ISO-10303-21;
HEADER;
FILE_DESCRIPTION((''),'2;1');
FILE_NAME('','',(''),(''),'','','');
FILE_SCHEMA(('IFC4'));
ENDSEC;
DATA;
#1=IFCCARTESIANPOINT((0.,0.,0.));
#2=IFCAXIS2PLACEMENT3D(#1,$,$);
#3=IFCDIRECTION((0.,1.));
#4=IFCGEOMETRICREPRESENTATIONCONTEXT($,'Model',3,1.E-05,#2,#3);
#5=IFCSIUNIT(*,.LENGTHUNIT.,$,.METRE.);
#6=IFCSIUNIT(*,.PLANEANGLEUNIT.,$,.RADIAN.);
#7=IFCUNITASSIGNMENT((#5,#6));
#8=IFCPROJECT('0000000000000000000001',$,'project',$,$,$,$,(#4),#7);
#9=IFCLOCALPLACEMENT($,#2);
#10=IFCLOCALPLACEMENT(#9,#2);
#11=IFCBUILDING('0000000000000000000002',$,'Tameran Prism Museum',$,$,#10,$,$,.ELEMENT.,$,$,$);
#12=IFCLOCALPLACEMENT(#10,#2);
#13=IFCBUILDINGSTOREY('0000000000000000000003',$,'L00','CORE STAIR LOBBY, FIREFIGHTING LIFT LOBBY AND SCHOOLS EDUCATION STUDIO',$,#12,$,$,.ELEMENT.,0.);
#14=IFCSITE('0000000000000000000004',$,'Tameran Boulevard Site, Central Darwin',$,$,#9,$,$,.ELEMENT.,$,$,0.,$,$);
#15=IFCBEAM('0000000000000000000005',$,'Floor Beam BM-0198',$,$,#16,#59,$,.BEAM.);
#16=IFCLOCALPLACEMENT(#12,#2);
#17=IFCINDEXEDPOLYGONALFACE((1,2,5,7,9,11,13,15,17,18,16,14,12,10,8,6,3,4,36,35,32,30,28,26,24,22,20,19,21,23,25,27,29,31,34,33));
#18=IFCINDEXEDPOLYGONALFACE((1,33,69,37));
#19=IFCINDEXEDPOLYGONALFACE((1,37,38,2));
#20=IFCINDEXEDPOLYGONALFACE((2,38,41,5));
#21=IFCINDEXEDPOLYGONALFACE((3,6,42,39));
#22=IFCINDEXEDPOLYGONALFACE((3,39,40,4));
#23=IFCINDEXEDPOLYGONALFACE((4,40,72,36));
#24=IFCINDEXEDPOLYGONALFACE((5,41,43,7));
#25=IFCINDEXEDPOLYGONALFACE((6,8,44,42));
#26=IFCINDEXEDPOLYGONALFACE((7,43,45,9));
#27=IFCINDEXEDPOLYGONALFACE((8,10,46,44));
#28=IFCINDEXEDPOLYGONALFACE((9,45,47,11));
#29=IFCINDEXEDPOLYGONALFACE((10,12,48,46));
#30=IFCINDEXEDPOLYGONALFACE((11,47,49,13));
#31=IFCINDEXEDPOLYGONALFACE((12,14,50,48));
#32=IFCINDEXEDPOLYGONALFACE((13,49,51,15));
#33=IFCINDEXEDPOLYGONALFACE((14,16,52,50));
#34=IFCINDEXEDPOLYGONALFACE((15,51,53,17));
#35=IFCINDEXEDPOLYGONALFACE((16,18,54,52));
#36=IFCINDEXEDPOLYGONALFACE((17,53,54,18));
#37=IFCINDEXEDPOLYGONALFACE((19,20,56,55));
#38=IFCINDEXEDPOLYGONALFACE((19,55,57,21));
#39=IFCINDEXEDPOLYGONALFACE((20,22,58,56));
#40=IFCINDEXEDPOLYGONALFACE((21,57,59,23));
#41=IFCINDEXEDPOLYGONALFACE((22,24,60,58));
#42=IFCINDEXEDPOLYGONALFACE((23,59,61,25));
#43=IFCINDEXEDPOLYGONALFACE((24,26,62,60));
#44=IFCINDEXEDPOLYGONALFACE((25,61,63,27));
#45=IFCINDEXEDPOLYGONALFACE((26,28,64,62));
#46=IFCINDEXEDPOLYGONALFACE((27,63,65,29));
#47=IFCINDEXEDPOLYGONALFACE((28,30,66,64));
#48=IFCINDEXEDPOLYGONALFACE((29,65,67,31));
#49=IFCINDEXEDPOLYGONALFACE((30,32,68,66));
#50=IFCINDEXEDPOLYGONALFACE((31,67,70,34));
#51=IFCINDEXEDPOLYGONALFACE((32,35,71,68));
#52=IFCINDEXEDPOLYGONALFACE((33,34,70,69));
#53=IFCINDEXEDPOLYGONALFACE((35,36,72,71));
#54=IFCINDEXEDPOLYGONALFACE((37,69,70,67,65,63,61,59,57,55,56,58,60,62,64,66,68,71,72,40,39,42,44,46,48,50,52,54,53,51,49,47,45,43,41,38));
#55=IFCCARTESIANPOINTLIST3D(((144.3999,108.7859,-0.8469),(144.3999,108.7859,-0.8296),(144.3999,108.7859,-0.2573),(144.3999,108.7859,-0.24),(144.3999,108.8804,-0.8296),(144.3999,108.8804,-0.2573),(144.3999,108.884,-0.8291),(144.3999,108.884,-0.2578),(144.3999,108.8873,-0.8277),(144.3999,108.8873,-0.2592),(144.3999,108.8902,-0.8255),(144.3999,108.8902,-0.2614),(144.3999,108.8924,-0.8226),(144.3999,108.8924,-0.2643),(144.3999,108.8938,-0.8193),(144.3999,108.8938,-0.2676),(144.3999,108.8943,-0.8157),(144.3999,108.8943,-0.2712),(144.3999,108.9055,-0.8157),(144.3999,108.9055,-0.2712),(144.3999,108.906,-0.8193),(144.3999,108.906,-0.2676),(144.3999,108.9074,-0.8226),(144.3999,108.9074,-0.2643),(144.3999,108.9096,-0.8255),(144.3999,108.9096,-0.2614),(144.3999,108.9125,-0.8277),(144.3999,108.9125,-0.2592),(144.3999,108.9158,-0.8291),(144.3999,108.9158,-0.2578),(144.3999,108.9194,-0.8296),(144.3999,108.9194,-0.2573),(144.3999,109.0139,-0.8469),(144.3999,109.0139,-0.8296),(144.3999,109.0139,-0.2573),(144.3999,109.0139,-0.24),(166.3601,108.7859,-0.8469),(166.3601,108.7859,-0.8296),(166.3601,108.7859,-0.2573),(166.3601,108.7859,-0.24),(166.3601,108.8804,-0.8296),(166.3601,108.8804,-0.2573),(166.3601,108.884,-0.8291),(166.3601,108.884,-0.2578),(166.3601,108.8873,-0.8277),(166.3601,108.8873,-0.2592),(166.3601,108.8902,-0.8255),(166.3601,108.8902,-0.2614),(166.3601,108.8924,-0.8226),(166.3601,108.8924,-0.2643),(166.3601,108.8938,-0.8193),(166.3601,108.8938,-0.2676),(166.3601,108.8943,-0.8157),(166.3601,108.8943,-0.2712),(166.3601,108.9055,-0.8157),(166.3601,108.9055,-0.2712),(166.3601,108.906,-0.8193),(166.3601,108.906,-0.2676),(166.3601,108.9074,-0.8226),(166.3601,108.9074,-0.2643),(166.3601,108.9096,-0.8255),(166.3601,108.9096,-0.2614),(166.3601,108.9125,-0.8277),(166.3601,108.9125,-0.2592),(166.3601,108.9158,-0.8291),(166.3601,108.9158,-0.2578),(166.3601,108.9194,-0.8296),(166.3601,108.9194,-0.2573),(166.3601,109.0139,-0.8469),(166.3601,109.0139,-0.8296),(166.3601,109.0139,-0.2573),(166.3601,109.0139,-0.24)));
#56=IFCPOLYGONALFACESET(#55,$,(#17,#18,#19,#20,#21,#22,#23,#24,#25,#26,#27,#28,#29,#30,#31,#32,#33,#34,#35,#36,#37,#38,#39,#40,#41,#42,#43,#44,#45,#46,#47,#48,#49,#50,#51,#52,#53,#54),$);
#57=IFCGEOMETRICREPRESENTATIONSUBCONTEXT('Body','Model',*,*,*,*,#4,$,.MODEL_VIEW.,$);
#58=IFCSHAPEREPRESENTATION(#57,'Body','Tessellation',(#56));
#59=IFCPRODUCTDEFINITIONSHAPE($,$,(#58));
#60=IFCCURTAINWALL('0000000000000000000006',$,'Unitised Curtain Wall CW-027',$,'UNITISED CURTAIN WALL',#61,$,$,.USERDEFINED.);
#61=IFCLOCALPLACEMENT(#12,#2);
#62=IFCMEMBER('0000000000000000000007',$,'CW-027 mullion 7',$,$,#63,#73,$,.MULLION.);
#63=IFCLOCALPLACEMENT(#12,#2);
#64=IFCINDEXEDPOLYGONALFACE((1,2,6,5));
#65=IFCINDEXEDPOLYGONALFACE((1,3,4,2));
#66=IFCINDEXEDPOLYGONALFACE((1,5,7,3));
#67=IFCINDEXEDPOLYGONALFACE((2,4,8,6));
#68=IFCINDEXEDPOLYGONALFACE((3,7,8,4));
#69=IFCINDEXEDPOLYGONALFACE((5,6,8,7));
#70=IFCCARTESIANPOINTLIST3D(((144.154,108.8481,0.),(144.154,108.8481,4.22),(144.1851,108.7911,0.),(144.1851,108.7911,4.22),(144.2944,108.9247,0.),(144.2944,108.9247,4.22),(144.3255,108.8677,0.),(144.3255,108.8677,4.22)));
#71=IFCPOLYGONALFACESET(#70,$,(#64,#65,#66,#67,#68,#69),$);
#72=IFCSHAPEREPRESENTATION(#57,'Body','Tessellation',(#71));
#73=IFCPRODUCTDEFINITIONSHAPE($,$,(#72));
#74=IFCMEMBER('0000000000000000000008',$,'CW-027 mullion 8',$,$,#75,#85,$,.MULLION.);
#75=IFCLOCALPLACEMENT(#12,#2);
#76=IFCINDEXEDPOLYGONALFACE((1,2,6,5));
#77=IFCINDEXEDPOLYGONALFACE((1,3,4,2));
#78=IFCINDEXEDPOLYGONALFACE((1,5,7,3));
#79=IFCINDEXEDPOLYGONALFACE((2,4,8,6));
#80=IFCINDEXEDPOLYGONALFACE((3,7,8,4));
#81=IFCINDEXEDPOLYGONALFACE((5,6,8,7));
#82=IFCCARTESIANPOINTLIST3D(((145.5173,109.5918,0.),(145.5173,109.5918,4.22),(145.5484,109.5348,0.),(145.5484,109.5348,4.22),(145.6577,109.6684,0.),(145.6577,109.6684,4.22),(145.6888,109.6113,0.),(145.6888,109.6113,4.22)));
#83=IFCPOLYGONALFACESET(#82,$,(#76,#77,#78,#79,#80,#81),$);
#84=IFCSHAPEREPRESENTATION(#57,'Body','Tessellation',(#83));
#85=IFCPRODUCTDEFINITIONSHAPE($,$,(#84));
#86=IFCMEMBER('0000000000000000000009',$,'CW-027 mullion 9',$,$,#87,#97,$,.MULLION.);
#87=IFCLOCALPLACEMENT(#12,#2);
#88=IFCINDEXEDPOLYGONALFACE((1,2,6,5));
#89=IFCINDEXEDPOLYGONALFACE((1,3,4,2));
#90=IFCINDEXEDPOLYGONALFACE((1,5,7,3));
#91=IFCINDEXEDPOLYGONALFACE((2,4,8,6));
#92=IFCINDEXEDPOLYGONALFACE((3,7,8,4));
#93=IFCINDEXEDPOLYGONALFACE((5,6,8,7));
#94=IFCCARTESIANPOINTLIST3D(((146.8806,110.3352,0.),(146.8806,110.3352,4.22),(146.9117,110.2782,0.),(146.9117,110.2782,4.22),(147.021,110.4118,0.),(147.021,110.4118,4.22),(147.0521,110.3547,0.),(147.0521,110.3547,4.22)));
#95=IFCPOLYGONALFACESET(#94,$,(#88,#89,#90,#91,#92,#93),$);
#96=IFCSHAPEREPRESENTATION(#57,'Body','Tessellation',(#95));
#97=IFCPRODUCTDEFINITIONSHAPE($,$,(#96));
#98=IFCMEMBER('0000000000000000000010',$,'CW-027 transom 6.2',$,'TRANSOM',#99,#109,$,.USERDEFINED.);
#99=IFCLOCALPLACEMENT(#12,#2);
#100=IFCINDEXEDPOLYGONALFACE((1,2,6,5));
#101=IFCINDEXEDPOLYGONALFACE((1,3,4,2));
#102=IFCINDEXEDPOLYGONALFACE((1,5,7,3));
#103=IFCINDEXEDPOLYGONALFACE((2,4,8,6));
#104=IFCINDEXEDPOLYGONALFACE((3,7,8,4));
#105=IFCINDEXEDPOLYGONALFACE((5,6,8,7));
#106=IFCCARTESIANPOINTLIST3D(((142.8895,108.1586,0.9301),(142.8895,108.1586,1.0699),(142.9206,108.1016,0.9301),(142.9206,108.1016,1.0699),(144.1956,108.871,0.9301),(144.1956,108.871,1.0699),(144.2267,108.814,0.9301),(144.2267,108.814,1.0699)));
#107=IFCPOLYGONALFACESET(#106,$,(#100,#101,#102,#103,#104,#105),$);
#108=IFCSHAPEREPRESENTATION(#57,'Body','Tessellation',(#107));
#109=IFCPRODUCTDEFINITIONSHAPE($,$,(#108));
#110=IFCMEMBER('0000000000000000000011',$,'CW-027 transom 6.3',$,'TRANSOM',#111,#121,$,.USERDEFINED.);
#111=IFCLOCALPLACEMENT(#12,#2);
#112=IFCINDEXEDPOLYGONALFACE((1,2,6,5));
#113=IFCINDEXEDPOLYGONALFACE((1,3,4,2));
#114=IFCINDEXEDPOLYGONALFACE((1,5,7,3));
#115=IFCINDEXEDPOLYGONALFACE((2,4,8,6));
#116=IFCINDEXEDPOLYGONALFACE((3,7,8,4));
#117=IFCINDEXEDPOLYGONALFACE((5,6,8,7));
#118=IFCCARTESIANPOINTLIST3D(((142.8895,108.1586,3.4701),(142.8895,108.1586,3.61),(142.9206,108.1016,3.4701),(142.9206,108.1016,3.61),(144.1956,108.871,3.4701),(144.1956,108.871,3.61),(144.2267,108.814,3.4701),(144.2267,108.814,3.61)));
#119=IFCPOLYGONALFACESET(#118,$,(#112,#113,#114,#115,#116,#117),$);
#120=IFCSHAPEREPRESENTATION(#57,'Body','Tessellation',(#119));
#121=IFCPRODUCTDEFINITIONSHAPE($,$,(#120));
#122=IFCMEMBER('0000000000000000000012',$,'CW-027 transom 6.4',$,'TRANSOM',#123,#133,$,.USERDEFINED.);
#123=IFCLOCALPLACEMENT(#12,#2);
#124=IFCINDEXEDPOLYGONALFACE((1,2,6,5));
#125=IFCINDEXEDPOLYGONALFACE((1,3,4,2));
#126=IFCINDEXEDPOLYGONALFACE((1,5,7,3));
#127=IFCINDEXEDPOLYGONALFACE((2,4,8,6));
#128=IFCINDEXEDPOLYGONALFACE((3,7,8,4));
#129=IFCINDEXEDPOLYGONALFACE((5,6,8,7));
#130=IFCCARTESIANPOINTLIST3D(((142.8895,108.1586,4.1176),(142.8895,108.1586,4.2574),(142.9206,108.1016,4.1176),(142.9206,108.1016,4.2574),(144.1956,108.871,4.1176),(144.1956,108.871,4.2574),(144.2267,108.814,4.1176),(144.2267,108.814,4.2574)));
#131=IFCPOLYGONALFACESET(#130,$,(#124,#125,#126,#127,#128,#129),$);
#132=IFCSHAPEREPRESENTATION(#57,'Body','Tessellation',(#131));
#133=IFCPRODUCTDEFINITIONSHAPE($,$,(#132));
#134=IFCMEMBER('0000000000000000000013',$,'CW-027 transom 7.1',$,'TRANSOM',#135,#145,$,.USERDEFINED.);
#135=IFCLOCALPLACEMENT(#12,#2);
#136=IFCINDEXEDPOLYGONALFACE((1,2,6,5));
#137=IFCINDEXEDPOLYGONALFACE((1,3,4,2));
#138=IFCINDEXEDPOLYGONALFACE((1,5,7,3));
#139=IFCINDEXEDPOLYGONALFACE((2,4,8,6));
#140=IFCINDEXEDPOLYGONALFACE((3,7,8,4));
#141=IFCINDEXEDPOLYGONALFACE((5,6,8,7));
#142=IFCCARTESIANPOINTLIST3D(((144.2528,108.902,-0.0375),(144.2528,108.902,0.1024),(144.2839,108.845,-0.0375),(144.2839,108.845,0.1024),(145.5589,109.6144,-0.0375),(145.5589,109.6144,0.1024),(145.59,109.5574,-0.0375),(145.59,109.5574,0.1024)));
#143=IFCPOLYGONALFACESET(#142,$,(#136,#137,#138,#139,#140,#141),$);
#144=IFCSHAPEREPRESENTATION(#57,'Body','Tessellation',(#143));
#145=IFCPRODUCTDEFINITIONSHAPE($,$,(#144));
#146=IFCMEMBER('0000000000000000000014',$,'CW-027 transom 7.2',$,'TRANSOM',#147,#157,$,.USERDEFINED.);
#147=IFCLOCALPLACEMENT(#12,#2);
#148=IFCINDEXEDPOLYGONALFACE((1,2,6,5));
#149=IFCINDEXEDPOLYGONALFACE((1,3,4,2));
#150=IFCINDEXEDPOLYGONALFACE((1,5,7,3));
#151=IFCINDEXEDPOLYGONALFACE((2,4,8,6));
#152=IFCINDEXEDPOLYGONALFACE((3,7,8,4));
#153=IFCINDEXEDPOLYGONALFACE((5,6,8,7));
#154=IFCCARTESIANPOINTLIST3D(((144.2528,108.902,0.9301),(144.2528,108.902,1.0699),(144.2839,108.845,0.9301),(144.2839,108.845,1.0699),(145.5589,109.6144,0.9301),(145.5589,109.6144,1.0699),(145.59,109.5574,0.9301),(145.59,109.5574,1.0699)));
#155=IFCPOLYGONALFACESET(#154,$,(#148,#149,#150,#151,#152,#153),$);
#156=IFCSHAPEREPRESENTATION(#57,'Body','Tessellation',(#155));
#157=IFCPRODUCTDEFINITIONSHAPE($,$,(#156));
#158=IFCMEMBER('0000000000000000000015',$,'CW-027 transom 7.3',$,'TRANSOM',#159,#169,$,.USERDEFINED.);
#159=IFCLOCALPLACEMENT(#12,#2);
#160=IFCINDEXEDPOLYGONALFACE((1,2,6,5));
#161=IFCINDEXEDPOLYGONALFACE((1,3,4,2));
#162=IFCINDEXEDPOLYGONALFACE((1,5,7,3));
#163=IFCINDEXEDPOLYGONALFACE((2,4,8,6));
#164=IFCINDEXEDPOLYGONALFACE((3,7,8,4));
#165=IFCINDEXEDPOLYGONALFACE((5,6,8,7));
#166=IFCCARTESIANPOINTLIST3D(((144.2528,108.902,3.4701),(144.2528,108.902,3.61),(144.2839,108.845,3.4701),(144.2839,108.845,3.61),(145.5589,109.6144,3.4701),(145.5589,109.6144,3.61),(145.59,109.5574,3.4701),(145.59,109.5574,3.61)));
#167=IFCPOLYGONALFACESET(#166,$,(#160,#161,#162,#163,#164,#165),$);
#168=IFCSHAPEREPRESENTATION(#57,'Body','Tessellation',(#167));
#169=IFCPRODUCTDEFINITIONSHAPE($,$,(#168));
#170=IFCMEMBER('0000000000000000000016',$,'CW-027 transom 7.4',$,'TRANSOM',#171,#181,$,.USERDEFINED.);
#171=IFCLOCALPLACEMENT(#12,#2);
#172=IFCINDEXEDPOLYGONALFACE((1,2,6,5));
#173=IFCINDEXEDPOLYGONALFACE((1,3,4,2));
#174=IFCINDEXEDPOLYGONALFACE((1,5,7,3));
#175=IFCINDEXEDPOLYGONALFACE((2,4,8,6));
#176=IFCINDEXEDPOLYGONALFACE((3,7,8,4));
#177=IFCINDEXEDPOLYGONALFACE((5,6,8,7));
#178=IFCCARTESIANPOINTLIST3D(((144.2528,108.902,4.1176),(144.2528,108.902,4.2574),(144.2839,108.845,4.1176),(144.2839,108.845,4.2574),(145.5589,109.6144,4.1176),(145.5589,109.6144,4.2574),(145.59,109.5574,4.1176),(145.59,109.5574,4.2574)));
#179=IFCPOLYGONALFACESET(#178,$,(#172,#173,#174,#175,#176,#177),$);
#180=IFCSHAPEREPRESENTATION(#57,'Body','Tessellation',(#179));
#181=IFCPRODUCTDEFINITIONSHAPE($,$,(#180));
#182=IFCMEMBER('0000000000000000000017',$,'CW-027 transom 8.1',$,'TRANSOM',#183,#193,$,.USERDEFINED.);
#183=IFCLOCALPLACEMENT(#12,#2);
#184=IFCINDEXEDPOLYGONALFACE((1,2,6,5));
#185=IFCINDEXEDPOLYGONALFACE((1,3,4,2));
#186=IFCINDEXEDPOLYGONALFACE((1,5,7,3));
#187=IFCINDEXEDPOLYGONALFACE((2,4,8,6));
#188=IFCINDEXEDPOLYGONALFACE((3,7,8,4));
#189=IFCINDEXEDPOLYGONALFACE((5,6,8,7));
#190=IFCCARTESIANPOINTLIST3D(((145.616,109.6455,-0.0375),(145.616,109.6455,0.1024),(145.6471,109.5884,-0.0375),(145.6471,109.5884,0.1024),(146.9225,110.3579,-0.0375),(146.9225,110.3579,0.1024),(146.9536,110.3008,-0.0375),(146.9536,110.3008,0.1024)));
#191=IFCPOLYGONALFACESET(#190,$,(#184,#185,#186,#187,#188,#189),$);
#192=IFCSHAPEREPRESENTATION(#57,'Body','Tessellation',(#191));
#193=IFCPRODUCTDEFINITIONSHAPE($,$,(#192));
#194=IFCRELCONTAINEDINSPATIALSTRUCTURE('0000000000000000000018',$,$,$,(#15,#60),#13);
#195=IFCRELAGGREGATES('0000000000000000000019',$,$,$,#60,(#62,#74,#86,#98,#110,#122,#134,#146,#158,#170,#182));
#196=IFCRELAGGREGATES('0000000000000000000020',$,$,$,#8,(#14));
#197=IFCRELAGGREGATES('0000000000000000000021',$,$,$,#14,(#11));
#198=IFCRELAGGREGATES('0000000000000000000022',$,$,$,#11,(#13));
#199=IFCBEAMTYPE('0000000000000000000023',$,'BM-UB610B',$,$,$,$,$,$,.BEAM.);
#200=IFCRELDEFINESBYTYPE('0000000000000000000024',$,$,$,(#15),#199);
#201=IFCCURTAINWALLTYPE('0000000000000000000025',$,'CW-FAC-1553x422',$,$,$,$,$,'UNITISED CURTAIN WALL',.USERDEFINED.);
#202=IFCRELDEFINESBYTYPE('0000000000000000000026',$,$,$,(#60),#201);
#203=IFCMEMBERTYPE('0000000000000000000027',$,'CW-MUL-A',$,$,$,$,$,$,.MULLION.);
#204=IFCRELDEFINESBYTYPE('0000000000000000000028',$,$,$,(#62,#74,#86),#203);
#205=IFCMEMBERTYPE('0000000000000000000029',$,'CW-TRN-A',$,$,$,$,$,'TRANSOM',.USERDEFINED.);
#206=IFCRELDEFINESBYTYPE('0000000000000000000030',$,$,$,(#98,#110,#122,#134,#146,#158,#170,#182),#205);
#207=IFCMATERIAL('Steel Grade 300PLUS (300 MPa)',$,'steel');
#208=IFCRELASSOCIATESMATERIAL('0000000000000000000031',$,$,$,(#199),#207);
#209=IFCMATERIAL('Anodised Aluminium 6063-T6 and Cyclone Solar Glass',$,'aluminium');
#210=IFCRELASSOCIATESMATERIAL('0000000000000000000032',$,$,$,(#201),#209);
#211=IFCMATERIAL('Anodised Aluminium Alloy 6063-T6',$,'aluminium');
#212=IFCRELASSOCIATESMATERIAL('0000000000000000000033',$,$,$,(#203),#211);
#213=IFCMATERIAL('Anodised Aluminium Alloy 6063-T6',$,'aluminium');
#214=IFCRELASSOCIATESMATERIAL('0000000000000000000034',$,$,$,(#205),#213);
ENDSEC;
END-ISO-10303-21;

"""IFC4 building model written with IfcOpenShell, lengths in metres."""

from ifc_helpers import new_model, si_unit, direction, frame, origin, origin_2d, place, context, subcontext, project, spatial, rectangle, i_section, extrude, material, material_profile, profile_set, type_object, element, aggregate, save


model = new_model("IFC4")

# Units and contexts
model_context = context("Model", 3, precision=1e-05, world=origin(), true_north=direction((0.0, 1.0)))
body_context = subcontext(model_context, "Body", "Model", "MODEL_VIEW")
ifc_project = project(units=[si_unit("LENGTHUNIT", "METRE"), si_unit("PLANEANGLEUNIT", "RADIAN")], contexts=[model_context])

# Site, building, storey
site_placement = place(None, origin())
site = spatial("IfcSite", under=ifc_project, at=site_placement, Name="Tameran Boulevard Site, Central Darwin", CompositionType="ELEMENT", RefElevation=0.0)
building_placement = place(site_placement, origin())
building = spatial("IfcBuilding", under=site, at=building_placement, Name="Tameran Prism Museum", CompositionType="ELEMENT")
storey_placement = place(building_placement, origin())
storey = spatial("IfcBuildingStorey", under=building, at=storey_placement, Name="L00", Description="CORE STAIR LOBBY, FIREFIGHTING LIFT LOBBY AND SCHOOLS EDUCATION STUDIO", CompositionType="ELEMENT", Elevation=0.0)

# Beam
ifc_material_1 = material(Name="Steel Grade 300PLUS (300 MPa)", Category="steel")
ifc_material_profile_1 = material_profile(ifc_material_1, i_section(OverallWidth=0.228, OverallDepth=0.6069, WebThickness=0.0112, FlangeThickness=0.0173, FilletRadius=0.0139, at=origin_2d()))
ifc_profile_set_1 = profile_set([ifc_material_profile_1])
beam_type = type_object("IfcBeamType", Name="BM-UB610B", PredefinedType="BEAM", material=ifc_profile_set_1)
beam_placement = place(storey_placement, frame((144.3999, 108.8999, -0.5435), z_axis=(1.0, 0.0, 0.0), x_axis=(0.0, 1.0, 0.0)))
element("IfcBeam", 1, at=beam_placement, inside=storey, type_object=beam_type, Name="Floor Beam BM-0198", PredefinedType="BEAM", context=body_context, shape_type="SweptSolid", body=[
    extrude(i_section(OverallWidth=0.228, OverallDepth=0.6069, WebThickness=0.0112, FlangeThickness=0.0173, FilletRadius=0.0139, at=origin_2d()), origin(), (0.0, 0.0, 1.0), 21.9602),
])

# Curtain wall, members
ifc_material_2 = material(Name="Anodised Aluminium 6063-T6 and Cyclone Solar Glass", Category="aluminium")
curtain_wall_type = type_object("IfcCurtainWallType", Name="CW-FAC-1553x422", ElementType="UNITISED CURTAIN WALL", PredefinedType="USERDEFINED", material=ifc_material_2)
curtain_wall_placement = place(storey_placement, origin())
curtain_wall = element("IfcCurtainWall", 2, at=curtain_wall_placement, inside=storey, type_object=curtain_wall_type, Name="Unitised Curtain Wall CW-027", ObjectType="UNITISED CURTAIN WALL", PredefinedType="USERDEFINED")
ifc_material_3 = material(Name="Anodised Aluminium Alloy 6063-T6", Category="aluminium")
ifc_material_profile_2 = material_profile(ifc_material_3, rectangle(XDim=0.0649, YDim=0.1599, at=origin_2d()))
ifc_profile_set_2 = profile_set([ifc_material_profile_2])
member_type_1 = type_object("IfcMemberType", Name="CW-MUL-A", PredefinedType="MULLION", material=ifc_profile_set_2)
member_1_placement = place(storey_placement, frame((144.2397, 108.8579, 0.0), z_axis=(0.0, 0.0, 1.0), x_axis=(-0.478793, 0.877928, 0.0)))
member_1 = element("IfcMember", 3, at=member_1_placement, type_object=member_type_1, Name="CW-027 mullion 7", PredefinedType="MULLION", context=body_context, shape_type="SweptSolid", body=[
    extrude(rectangle(XDim=0.0649, YDim=0.1599, at=origin_2d()), origin(), (0.0, 0.0, 1.0), 4.22),
])
member_2_placement = place(storey_placement, frame((145.603, 109.6016, 0.0), z_axis=(0.0, 0.0, 1.0), x_axis=(-0.478793, 0.877928, 0.0)))
member_2 = element("IfcMember", 4, at=member_2_placement, type_object=member_type_1, Name="CW-027 mullion 8", PredefinedType="MULLION", context=body_context, shape_type="SweptSolid", body=[
    extrude(rectangle(XDim=0.0649, YDim=0.1599, at=origin_2d()), origin(), (0.0, 0.0, 1.0), 4.22),
])
member_3_placement = place(storey_placement, frame((146.9663, 110.345, 0.0), z_axis=(0.0, 0.0, 1.0), x_axis=(-0.478793, 0.877928, 0.0)))
member_3 = element("IfcMember", 5, at=member_3_placement, type_object=member_type_1, Name="CW-027 mullion 9", PredefinedType="MULLION", context=body_context, shape_type="SweptSolid", body=[
    extrude(rectangle(XDim=0.0649, YDim=0.1599, at=origin_2d()), origin(), (0.0, 0.0, 1.0), 4.22),
])
ifc_material_4 = material(Name="Anodised Aluminium Alloy 6063-T6", Category="aluminium")
ifc_material_profile_3 = material_profile(ifc_material_4, rectangle(XDim=0.0649, YDim=0.1399, at=origin_2d()))
ifc_profile_set_3 = profile_set([ifc_material_profile_3])
member_type_2 = type_object("IfcMemberType", Name="CW-TRN-A", ElementType="TRANSOM", PredefinedType="USERDEFINED", material=ifc_profile_set_3)
member_4_placement = place(storey_placement, frame((142.905, 108.1301, 1.0), z_axis=(0.877908, 0.478829, 0.0), x_axis=(-0.478829, 0.877908, 0.0)))
member_4 = element("IfcMember", 6, at=member_4_placement, type_object=member_type_2, Name="CW-027 transom 6.2", ObjectType="TRANSOM", PredefinedType="USERDEFINED", context=body_context, shape_type="SweptSolid", body=[
    extrude(rectangle(XDim=0.0649, YDim=0.1399, at=origin_2d()), origin(), (0.0, 0.0, 1.0), 1.4878),
])
member_5_placement = place(storey_placement, frame((142.905, 108.1301, 3.54), z_axis=(0.877908, 0.478829, 0.0), x_axis=(-0.478829, 0.877908, 0.0)))
member_5 = element("IfcMember", 7, at=member_5_placement, type_object=member_type_2, Name="CW-027 transom 6.3", ObjectType="TRANSOM", PredefinedType="USERDEFINED", context=body_context, shape_type="SweptSolid", body=[
    extrude(rectangle(XDim=0.0649, YDim=0.1399, at=origin_2d()), origin(), (0.0, 0.0, 1.0), 1.4878),
])
member_6_placement = place(storey_placement, frame((142.905, 108.1301, 4.1875), z_axis=(0.877908, 0.478829, 0.0), x_axis=(-0.478829, 0.877908, 0.0)))
member_6 = element("IfcMember", 8, at=member_6_placement, type_object=member_type_2, Name="CW-027 transom 6.4", ObjectType="TRANSOM", PredefinedType="USERDEFINED", context=body_context, shape_type="SweptSolid", body=[
    extrude(rectangle(XDim=0.0649, YDim=0.1399, at=origin_2d()), origin(), (0.0, 0.0, 1.0), 1.4878),
])
member_7_placement = place(storey_placement, frame((144.2683, 108.8735, 0.0325), z_axis=(0.877908, 0.478829, 0.0), x_axis=(-0.478829, 0.877908, 0.0)))
member_7 = element("IfcMember", 9, at=member_7_placement, type_object=member_type_2, Name="CW-027 transom 7.1", ObjectType="TRANSOM", PredefinedType="USERDEFINED", context=body_context, shape_type="SweptSolid", body=[
    extrude(rectangle(XDim=0.0649, YDim=0.1399, at=origin_2d()), origin(), (0.0, 0.0, 1.0), 1.4878),
])
member_8_placement = place(storey_placement, frame((144.2683, 108.8735, 1.0), z_axis=(0.877908, 0.478829, 0.0), x_axis=(-0.478829, 0.877908, 0.0)))
member_8 = element("IfcMember", 10, at=member_8_placement, type_object=member_type_2, Name="CW-027 transom 7.2", ObjectType="TRANSOM", PredefinedType="USERDEFINED", context=body_context, shape_type="SweptSolid", body=[
    extrude(rectangle(XDim=0.0649, YDim=0.1399, at=origin_2d()), origin(), (0.0, 0.0, 1.0), 1.4878),
])
member_9_placement = place(storey_placement, frame((144.2683, 108.8735, 3.54), z_axis=(0.877908, 0.478829, 0.0), x_axis=(-0.478829, 0.877908, 0.0)))
member_9 = element("IfcMember", 11, at=member_9_placement, type_object=member_type_2, Name="CW-027 transom 7.3", ObjectType="TRANSOM", PredefinedType="USERDEFINED", context=body_context, shape_type="SweptSolid", body=[
    extrude(rectangle(XDim=0.0649, YDim=0.1399, at=origin_2d()), origin(), (0.0, 0.0, 1.0), 1.4878),
])
member_10_placement = place(storey_placement, frame((144.2683, 108.8735, 4.1875), z_axis=(0.877908, 0.478829, 0.0), x_axis=(-0.478829, 0.877908, 0.0)))
member_10 = element("IfcMember", 12, at=member_10_placement, type_object=member_type_2, Name="CW-027 transom 7.4", ObjectType="TRANSOM", PredefinedType="USERDEFINED", context=body_context, shape_type="SweptSolid", body=[
    extrude(rectangle(XDim=0.0649, YDim=0.1399, at=origin_2d()), origin(), (0.0, 0.0, 1.0), 1.4878),
])
member_11_placement = place(storey_placement, frame((145.6316, 109.6169, 0.0325), z_axis=(0.877946, 0.47876, 0.0), x_axis=(-0.47876, 0.877946, 0.0)))
member_11 = element("IfcMember", 13, at=member_11_placement, type_object=member_type_2, Name="CW-027 transom 8.1", ObjectType="TRANSOM", PredefinedType="USERDEFINED", context=body_context, shape_type="SweptSolid", body=[
    extrude(rectangle(XDim=0.0649, YDim=0.1399, at=origin_2d()), origin(), (0.0, 0.0, 1.0), 1.488),
])
aggregate(curtain_wall, [member_1, member_2, member_3, member_4, member_5, member_6, member_7, member_8, member_9, member_10, member_11])

save(model, "model.ifc")
